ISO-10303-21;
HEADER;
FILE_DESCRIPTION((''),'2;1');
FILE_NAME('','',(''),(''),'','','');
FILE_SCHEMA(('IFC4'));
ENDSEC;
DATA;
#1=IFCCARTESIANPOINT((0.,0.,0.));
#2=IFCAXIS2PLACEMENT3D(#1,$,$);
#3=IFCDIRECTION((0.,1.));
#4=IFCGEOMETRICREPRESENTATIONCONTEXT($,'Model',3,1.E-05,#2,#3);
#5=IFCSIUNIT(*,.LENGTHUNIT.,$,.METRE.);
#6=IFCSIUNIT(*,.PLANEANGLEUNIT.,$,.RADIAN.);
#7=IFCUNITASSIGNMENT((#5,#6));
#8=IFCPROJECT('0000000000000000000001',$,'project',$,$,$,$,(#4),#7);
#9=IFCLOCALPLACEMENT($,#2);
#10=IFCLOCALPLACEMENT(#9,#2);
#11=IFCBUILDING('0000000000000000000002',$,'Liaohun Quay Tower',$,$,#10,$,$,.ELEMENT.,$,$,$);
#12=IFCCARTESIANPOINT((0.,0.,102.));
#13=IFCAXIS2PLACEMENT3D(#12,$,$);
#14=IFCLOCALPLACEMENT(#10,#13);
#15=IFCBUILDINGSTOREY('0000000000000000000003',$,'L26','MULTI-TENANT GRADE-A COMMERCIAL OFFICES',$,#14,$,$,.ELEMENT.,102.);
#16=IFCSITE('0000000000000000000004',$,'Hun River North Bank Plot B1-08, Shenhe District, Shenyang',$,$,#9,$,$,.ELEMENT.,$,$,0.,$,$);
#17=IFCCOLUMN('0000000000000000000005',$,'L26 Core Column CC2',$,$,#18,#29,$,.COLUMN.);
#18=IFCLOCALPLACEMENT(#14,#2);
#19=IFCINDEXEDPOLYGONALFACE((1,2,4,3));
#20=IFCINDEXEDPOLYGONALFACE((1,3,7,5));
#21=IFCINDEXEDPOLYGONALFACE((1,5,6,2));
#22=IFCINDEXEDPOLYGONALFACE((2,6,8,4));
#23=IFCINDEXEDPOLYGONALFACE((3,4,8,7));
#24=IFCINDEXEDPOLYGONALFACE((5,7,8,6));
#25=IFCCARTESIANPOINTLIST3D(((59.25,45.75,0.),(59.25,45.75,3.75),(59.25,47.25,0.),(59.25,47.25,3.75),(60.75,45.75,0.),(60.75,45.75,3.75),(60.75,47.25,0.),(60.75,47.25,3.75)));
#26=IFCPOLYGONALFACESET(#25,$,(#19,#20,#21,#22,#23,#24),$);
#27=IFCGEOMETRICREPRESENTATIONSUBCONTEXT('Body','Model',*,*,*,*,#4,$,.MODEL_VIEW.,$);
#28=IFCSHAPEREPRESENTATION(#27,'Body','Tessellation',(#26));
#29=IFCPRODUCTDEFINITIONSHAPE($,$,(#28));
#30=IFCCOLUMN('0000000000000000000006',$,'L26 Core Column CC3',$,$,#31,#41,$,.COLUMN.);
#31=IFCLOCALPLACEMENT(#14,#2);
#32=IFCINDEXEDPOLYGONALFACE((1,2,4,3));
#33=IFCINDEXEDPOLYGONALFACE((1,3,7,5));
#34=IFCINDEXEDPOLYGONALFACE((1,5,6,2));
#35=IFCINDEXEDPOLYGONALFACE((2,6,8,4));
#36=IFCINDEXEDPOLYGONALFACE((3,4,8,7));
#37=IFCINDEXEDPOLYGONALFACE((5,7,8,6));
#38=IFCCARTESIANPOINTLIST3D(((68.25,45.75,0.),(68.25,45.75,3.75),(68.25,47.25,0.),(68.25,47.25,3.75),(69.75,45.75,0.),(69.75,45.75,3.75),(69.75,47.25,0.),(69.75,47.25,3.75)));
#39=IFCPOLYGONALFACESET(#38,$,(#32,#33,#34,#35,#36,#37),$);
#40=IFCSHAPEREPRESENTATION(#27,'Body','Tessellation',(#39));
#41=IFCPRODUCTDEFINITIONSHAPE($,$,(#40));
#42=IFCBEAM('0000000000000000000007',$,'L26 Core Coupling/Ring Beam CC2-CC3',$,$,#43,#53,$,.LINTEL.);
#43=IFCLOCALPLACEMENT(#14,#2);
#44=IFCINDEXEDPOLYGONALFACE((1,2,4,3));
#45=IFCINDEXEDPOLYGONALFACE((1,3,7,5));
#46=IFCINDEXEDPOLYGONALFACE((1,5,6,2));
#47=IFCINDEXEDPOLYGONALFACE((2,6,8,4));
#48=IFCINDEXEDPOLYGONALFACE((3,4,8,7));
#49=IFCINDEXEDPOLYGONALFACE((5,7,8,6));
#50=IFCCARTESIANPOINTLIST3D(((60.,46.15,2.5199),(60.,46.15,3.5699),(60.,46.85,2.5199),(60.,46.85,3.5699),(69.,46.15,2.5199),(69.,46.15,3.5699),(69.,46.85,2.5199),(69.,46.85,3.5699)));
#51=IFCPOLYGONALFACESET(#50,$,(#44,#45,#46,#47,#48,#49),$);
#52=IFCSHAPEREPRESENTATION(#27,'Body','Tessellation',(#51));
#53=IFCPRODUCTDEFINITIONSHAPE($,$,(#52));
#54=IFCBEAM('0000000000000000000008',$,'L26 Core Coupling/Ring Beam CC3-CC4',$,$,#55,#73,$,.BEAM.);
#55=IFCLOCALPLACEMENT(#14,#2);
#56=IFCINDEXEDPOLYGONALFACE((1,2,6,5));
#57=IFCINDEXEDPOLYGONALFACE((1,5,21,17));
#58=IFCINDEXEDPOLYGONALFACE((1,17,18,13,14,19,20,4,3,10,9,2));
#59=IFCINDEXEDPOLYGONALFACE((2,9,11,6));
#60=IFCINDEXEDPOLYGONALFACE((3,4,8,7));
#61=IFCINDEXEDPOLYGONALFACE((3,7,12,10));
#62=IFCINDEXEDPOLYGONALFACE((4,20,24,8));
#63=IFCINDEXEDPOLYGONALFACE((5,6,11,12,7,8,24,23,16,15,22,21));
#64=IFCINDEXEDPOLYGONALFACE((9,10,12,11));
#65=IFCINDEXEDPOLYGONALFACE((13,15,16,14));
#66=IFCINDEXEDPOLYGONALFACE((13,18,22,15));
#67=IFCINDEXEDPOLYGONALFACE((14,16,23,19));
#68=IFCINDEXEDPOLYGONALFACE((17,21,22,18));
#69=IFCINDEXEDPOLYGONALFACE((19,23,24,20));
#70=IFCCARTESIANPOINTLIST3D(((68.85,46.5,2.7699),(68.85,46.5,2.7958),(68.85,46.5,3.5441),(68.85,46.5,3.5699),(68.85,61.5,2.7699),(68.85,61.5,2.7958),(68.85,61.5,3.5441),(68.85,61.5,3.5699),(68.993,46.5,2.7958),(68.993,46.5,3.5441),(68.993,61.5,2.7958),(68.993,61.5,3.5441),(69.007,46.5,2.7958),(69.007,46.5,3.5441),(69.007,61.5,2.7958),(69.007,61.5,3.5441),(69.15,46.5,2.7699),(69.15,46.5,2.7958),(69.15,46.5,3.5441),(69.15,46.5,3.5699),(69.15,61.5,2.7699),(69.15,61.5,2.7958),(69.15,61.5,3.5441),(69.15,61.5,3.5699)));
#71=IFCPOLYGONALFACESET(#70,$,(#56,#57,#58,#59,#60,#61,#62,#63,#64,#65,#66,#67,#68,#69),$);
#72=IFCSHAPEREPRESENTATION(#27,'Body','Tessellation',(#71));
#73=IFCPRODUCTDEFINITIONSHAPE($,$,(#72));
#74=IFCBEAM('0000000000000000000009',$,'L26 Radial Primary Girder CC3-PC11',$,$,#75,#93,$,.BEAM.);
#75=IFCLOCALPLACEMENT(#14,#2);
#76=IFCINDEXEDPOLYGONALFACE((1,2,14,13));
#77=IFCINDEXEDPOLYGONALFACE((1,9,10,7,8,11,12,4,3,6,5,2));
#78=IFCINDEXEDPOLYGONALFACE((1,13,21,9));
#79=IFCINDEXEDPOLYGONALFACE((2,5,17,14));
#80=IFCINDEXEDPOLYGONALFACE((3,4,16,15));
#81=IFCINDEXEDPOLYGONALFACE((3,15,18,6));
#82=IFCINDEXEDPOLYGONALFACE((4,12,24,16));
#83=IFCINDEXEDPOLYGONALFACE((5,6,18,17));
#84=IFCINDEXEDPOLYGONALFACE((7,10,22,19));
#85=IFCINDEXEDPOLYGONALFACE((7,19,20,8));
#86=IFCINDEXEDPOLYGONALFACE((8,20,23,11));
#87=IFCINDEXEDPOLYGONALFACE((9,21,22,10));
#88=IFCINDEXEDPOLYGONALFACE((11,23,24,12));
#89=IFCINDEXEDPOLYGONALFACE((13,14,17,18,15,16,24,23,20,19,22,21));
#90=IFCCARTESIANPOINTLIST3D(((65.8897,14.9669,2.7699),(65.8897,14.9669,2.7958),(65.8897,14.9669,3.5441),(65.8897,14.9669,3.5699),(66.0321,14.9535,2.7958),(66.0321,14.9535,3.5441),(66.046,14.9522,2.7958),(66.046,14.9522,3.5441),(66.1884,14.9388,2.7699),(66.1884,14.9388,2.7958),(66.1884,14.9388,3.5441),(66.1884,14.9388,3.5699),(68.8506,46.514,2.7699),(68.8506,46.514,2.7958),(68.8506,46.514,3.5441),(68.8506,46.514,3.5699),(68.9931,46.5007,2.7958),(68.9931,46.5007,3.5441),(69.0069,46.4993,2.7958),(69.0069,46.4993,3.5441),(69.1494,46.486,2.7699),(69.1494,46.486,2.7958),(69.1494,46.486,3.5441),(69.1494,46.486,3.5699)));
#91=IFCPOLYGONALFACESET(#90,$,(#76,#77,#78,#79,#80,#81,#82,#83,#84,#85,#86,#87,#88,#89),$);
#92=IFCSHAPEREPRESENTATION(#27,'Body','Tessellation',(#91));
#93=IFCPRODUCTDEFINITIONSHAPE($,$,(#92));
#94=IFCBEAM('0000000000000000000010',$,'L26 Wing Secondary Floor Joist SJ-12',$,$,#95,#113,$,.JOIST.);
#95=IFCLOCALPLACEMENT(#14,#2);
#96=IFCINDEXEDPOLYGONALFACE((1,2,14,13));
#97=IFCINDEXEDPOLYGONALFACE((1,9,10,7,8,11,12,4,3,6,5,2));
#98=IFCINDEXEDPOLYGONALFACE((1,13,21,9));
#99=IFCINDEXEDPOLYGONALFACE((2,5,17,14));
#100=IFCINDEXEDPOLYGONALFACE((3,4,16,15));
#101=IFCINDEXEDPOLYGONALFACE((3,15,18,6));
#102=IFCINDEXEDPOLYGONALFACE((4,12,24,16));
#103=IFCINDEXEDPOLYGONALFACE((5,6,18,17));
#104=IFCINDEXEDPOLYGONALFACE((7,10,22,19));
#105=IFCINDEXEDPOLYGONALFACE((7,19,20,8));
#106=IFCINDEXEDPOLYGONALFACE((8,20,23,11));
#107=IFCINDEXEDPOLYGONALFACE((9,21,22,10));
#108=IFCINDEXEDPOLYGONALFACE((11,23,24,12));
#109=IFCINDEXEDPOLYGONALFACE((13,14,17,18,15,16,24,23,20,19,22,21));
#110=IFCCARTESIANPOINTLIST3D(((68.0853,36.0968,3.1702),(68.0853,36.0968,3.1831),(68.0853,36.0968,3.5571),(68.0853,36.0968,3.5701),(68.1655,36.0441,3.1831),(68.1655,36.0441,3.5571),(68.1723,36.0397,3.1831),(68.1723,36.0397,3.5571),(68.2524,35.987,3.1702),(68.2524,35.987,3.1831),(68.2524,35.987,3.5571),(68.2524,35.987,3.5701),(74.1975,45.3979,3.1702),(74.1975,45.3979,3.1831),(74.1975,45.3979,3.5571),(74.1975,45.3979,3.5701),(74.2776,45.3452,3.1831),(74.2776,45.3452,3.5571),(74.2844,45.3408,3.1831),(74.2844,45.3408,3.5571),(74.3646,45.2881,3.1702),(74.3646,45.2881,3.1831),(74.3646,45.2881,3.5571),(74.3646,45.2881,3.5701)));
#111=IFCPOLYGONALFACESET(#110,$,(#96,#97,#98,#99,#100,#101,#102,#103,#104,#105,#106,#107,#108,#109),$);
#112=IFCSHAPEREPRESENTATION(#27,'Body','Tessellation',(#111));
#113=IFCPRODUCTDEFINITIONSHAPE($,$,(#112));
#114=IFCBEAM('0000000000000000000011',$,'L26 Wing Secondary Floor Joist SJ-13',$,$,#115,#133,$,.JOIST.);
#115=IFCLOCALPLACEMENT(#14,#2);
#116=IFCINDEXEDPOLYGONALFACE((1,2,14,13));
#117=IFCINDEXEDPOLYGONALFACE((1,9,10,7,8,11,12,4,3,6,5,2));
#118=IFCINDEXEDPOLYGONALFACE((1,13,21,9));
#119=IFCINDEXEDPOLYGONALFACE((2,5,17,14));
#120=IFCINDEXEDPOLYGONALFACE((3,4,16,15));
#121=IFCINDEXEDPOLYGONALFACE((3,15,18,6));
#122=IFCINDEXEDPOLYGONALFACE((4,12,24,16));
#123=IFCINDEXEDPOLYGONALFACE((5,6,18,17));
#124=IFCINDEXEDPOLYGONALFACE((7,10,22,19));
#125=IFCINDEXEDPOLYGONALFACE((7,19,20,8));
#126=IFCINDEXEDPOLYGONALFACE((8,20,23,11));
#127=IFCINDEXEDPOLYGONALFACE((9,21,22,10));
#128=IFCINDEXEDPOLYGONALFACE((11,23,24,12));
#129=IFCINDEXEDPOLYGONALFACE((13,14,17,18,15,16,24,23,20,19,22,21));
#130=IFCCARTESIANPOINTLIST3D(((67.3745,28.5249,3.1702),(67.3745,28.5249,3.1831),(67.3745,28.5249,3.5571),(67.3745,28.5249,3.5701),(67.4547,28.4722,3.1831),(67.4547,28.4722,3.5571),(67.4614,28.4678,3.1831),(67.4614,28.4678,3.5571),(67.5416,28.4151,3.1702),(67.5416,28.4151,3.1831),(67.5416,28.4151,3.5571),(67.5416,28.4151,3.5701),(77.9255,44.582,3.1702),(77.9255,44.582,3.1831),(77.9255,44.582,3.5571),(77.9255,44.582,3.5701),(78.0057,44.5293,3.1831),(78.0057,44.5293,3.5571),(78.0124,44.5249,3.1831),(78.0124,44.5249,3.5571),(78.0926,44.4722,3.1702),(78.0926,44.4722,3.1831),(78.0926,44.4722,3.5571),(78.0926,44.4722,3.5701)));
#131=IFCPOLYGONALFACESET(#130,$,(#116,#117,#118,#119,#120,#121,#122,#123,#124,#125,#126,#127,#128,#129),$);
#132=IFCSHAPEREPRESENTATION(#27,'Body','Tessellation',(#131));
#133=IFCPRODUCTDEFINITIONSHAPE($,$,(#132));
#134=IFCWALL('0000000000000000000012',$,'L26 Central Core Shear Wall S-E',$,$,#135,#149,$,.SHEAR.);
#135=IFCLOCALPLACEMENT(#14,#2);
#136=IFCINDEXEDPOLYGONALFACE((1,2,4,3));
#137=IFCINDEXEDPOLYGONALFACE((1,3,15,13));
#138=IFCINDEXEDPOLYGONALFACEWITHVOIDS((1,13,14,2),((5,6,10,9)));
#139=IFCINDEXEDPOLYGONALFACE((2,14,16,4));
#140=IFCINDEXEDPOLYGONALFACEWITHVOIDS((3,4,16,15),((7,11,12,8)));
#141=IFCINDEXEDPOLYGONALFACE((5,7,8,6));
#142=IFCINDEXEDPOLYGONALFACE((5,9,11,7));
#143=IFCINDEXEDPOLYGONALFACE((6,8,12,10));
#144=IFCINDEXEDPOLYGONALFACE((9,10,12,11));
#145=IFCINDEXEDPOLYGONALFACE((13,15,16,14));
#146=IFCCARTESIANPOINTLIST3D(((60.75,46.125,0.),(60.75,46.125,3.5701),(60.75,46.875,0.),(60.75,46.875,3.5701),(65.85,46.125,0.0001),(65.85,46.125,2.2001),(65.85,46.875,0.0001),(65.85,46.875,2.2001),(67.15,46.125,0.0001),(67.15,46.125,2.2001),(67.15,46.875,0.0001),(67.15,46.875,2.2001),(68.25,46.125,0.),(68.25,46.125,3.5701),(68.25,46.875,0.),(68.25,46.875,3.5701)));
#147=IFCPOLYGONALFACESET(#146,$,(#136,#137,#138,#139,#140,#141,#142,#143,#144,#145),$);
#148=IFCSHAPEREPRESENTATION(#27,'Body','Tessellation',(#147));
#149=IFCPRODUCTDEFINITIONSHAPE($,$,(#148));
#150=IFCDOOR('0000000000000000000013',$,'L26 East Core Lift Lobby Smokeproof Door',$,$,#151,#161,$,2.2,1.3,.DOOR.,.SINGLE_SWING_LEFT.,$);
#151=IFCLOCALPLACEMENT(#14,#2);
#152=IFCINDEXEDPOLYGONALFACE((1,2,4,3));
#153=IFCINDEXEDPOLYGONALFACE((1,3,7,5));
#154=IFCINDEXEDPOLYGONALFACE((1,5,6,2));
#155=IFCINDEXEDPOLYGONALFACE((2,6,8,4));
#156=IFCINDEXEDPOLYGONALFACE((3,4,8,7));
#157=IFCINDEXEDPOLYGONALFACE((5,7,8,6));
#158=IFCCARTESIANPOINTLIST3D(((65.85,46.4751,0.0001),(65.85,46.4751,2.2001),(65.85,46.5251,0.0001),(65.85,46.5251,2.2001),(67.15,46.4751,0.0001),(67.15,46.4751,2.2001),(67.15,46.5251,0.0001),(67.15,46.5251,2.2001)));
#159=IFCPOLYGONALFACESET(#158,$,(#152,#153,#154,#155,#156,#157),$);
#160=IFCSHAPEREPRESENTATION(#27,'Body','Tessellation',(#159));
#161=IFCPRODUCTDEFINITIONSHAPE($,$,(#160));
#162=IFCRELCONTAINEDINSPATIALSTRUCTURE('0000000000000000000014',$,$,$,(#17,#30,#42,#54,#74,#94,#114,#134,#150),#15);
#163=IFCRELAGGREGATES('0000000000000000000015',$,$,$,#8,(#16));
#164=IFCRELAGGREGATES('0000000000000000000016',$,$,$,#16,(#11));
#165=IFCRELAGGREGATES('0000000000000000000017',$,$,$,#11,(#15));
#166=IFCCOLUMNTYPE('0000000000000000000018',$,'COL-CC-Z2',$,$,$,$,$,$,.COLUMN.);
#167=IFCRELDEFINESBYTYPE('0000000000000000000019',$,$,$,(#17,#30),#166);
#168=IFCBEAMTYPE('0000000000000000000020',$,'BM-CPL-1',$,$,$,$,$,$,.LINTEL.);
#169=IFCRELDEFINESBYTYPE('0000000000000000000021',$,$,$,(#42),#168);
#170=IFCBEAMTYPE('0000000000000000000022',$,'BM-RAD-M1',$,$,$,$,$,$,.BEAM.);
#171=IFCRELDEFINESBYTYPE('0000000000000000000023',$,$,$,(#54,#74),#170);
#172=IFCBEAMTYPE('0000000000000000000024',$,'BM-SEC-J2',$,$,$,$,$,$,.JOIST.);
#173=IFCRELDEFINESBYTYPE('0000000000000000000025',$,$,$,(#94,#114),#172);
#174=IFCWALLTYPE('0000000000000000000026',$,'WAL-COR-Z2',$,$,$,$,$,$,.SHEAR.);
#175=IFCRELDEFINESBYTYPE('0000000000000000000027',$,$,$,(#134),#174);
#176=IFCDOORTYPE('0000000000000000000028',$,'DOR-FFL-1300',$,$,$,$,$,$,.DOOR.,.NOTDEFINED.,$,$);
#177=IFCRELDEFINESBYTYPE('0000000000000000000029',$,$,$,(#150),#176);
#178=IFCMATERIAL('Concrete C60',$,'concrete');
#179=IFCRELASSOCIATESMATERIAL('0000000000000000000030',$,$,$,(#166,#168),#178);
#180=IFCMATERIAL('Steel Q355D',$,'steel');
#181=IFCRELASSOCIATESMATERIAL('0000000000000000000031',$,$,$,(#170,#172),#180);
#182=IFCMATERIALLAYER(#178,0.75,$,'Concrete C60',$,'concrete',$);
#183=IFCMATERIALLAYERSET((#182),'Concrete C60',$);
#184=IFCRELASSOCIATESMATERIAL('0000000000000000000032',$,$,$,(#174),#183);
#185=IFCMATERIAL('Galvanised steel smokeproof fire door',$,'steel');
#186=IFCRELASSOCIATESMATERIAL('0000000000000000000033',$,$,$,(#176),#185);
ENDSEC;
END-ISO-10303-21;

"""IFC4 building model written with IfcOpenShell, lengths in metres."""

from ifc_helpers import new_model, si_unit, direction, frame, frame_2d, origin, origin_2d, place, context, subcontext, project, spatial, rectangle, i_section, extrude, source, transform, mapped, material, layer, layer_set, material_profile, profile_set, type_object, element, fill, save


model = new_model("IFC4")

# Units and contexts
model_context = context("Model", 3, precision=1e-05, world=origin(), true_north=direction((0.0, 1.0)))
body_context = subcontext(model_context, "Body", "Model", "MODEL_VIEW")
ifc_project = project(units=[si_unit("LENGTHUNIT", "METRE"), si_unit("PLANEANGLEUNIT", "RADIAN")], contexts=[model_context])

# Site, building, storey
site_placement = place(None, origin())
site = spatial("IfcSite", under=ifc_project, at=site_placement, Name="Hun River North Bank Plot B1-08, Shenhe District, Shenyang", CompositionType="ELEMENT", RefElevation=0.0)
building_placement = place(site_placement, origin())
building = spatial("IfcBuilding", under=site, at=building_placement, Name="Liaohun Quay Tower", CompositionType="ELEMENT")
storey_placement = place(building_placement, frame((0.0, 0.0, 102.0)))
storey = spatial("IfcBuildingStorey", under=building, at=storey_placement, Name="L26", Description="MULTI-TENANT GRADE-A COMMERCIAL OFFICES", CompositionType="ELEMENT", Elevation=102.0)

# Columns
ifc_material_1 = material(Name="Concrete C60", Category="concrete")
ifc_material_profile_1 = material_profile(ifc_material_1, rectangle(XDim=1.5, YDim=1.5, at=origin_2d()), Name="RC1500x1500")
ifc_profile_set_1 = profile_set([ifc_material_profile_1], Name="Concrete C60")
column_type = type_object("IfcColumnType", Name="COL-CC-Z2", PredefinedType="COLUMN", material=ifc_profile_set_1)
shared_shape_1 = source(origin(), body_context, "Body", "SweptSolid", [
    extrude(rectangle(XDim=1.5, YDim=1.5, at=origin_2d()), origin(), (0.0, 0.0, 1.0), 3.75),
])
for number, where, z_axis, x_axis, name in (
    (1, (60.0, 46.5, 0.0), (0.0, 0.0, 1.0), (1.0, 0.0, 0.0), "L26 Core Column CC2"),
    (2, (69.0, 46.5, 0.0), (0.0, 0.0, 1.0), (1.0, 0.0, 0.0), "L26 Core Column CC3"),
):
    element("IfcColumn", number, at=place(storey_placement, frame(where, z_axis=z_axis, x_axis=x_axis)), inside=storey, type_object=column_type, Name=name, PredefinedType="COLUMN", context=body_context, shape_type="MappedRepresentation", body=[
        mapped(shared_shape_1, transform((0.0, 0.0, 0.0), x_axis=(1.0, 0.0, 0.0), y_axis=(0.0, 1.0, 0.0), z_axis=(0.0, 0.0, 1.0), scale=1.0)),
    ])

# Beams
ifc_material_profile_2 = material_profile(ifc_material_1, rectangle(XDim=0.7, YDim=1.05, at=origin_2d()), Name="RC700x1050")
ifc_profile_set_2 = profile_set([ifc_material_profile_2], Name="Concrete C60")
beam_type_1 = type_object("IfcBeamType", Name="BM-CPL-1", PredefinedType="LINTEL", material=ifc_profile_set_2)
shared_shape_2 = source(origin(), body_context, "Body", "SweptSolid", [
    extrude(rectangle(XDim=0.7, YDim=1.05, at=origin_2d()), origin(), (0.0, 0.0, 1.0), 9.0),
])
beam_1_placement = place(storey_placement, frame((60.0, 46.5, 3.0449), z_axis=(1.0, 0.0, 0.0), x_axis=(0.0, 1.0, 0.0)))
element("IfcBeam", 3, at=beam_1_placement, inside=storey, type_object=beam_type_1, Name="L26 Core Coupling/Ring Beam CC2-CC3", PredefinedType="LINTEL", context=body_context, shape_type="MappedRepresentation", body=[
    mapped(shared_shape_2, transform((0.0, 0.0, 0.0), x_axis=(1.0, 0.0, 0.0), y_axis=(0.0, 1.0, 0.0), z_axis=(0.0, 0.0, 1.0), scale=1.0)),
])
ifc_material_2 = material(Name="Steel Q355D", Category="steel")
ifc_material_profile_3 = material_profile(ifc_material_2, i_section(OverallWidth=0.3, OverallDepth=0.8, WebThickness=0.0139, FlangeThickness=0.0259, at=origin_2d()), Name="HN800x300x14x26")
ifc_profile_set_3 = profile_set([ifc_material_profile_3], Name="Steel Q355D")
beam_type_2 = type_object("IfcBeamType", Name="BM-RAD-M1", PredefinedType="BEAM", material=ifc_profile_set_3)
shared_shape_3 = source(origin(), body_context, "Body", "SweptSolid", [
    extrude(i_section(OverallWidth=0.3, OverallDepth=0.8, WebThickness=0.0139, FlangeThickness=0.0259, at=origin_2d()), origin(), (0.0, 0.0, 1.0), 15.0),
])
beam_2_placement = place(storey_placement, frame((69.0, 46.5, 3.1699), z_axis=(0.0, 1.0, 0.0), x_axis=(-1.0, 0.0, 0.0)))
element("IfcBeam", 4, at=beam_2_placement, inside=storey, type_object=beam_type_2, Name="L26 Core Coupling/Ring Beam CC3-CC4", PredefinedType="BEAM", context=body_context, shape_type="MappedRepresentation", body=[
    mapped(shared_shape_3, transform((0.0, 0.0, 0.0), x_axis=(1.0, 0.0, 0.0), y_axis=(0.0, 1.0, 0.0), z_axis=(0.0, 0.0, 1.0), scale=1.0)),
])
shared_shape_4 = source(origin(), body_context, "Body", "SweptSolid", [
    extrude(i_section(OverallWidth=0.3, OverallDepth=0.8, WebThickness=0.0139, FlangeThickness=0.0259, at=origin_2d()), origin(), (0.0, 0.0, 1.0), 31.6858),
])
beam_3_placement = place(storey_placement, frame((69.0, 46.5, 3.1699), z_axis=(-0.093447, -0.995624, 0.0), x_axis=(0.995624, -0.093447, 0.0)))
element("IfcBeam", 5, at=beam_3_placement, inside=storey, type_object=beam_type_2, Name="L26 Radial Primary Girder CC3-PC11", PredefinedType="BEAM", context=body_context, shape_type="MappedRepresentation", body=[
    mapped(shared_shape_4, transform((0.0, 0.0, 0.0), x_axis=(1.0, 0.0, 0.0), y_axis=(0.0, 1.0, 0.0), z_axis=(0.0, 0.0, 1.0), scale=1.0)),
])
ifc_material_profile_4 = material_profile(ifc_material_2, i_section(OverallWidth=0.2, OverallDepth=0.3999, WebThickness=0.0081, FlangeThickness=0.0129, at=origin_2d()), Name="HN400x200x8x13")
ifc_profile_set_4 = profile_set([ifc_material_profile_4], Name="Steel Q355D")
beam_type_3 = type_object("IfcBeamType", Name="BM-SEC-J2", PredefinedType="JOIST", material=ifc_profile_set_4)
shared_shape_5 = source(origin(), body_context, "Body", "SweptSolid", [
    extrude(i_section(OverallWidth=0.2, OverallDepth=0.3999, WebThickness=0.0081, FlangeThickness=0.0129, at=origin_2d()), origin(), (0.0, 0.0, 1.0), 11.1296),
])
beam_4_placement = place(storey_placement, frame((74.281, 45.343, 3.3701), z_axis=(-0.549175, -0.835707, 0.0), x_axis=(0.835707, -0.549175, 0.0)))
element("IfcBeam", 6, at=beam_4_placement, inside=storey, type_object=beam_type_3, Name="L26 Wing Secondary Floor Joist SJ-12", PredefinedType="JOIST", context=body_context, shape_type="MappedRepresentation", body=[
    mapped(shared_shape_5, transform((0.0, 0.0, 0.0), x_axis=(1.0, 0.0, 0.0), y_axis=(0.0, 1.0, 0.0), z_axis=(0.0, 0.0, 1.0), scale=1.0)),
])
shared_shape_6 = source(origin(), body_context, "Body", "SweptSolid", [
    extrude(i_section(OverallWidth=0.2, OverallDepth=0.3999, WebThickness=0.0081, FlangeThickness=0.0129, at=origin_2d()), origin(), (0.0, 0.0, 1.0), 19.2134),
])
beam_5_placement = place(storey_placement, frame((78.009, 44.5271, 3.3701), z_axis=(-0.549149, -0.835725, 0.0), x_axis=(0.835725, -0.549149, 0.0)))
element("IfcBeam", 7, at=beam_5_placement, inside=storey, type_object=beam_type_3, Name="L26 Wing Secondary Floor Joist SJ-13", PredefinedType="JOIST", context=body_context, shape_type="MappedRepresentation", body=[
    mapped(shared_shape_6, transform((0.0, 0.0, 0.0), x_axis=(1.0, 0.0, 0.0), y_axis=(0.0, 1.0, 0.0), z_axis=(0.0, 0.0, 1.0), scale=1.0)),
])

# Wall, opening, door
ifc_layer_1 = layer(ifc_material_1, 0.75, Name="Concrete C60", Category="concrete")
ifc_layer_set_1 = layer_set([ifc_layer_1], Name="Concrete C60")
wall_type_1 = type_object("IfcWallType", Name="WAL-COR-Z2", PredefinedType="SHEAR", material=ifc_layer_set_1)
wall_1_placement = place(storey_placement, frame((68.25, 46.5, 0.0), z_axis=(0.0, 0.0, 1.0), x_axis=(-1.0, 0.0, 0.0)))
wall_1 = element("IfcWall", 8, at=wall_1_placement, inside=storey, type_object=wall_type_1, Name="L26 Central Core Shear Wall S-E", PredefinedType="SHEAR", context=body_context, shape_type="SweptSolid", body=[
    extrude(rectangle(XDim=7.5, YDim=0.75, at=frame_2d((3.75, 0.0))), origin(), (0.0, 0.0, 1.0), 3.5701),
])
shared_shape_7 = source(origin(), body_context, "Body", "SweptSolid", [
    extrude(rectangle(XDim=1.3, YDim=2.2, at=frame_2d((0.6499, 1.1001))), frame((0.0, 0.385, 0.0), z_axis=(0.0, -1.0, 0.0), x_axis=(1.0, 0.0, 0.0)), (0.0, 0.0, 1.0), 0.77),
])
opening_1_placement = place(wall_1_placement, frame((1.1001, 0.0, 0.0)))
opening_1 = element("IfcOpeningElement", 9, at=opening_1_placement, cuts=wall_1, PredefinedType="OPENING", context=body_context, shape_type="MappedRepresentation", body=[
    mapped(shared_shape_7, transform((0.0, 0.0, 0.0), x_axis=(1.0, 0.0, 0.0), y_axis=(0.0, 1.0, 0.0), z_axis=(0.0, 0.0, 1.0), scale=1.0)),
])
ifc_material_3 = material(Name="Galvanised steel smokeproof fire door", Category="steel")
door_type_1 = type_object("IfcDoorType", Name="DOR-FFL-1300", OperationType="NOTDEFINED", PredefinedType="DOOR", material=ifc_material_3)
shared_shape_8 = source(origin(), body_context, "Body", "SweptSolid", [
    extrude(rectangle(XDim=1.3, YDim=2.2, at=frame_2d((0.6499, 1.1001))), frame((0.0, 0.0249, 0.0), z_axis=(0.0, -1.0, 0.0), x_axis=(1.0, 0.0, 0.0)), (0.0, 0.0, 1.0), 0.05),
])
door_1_placement = place(opening_1_placement, origin())
door_1 = element("IfcDoor", 10, at=door_1_placement, inside=storey, type_object=door_type_1, Name="L26 East Core Lift Lobby Smokeproof Door", OperationType="SINGLE_SWING_LEFT", OverallHeight=2.2, OverallWidth=1.3, PredefinedType="DOOR", context=body_context, shape_type="MappedRepresentation", body=[
    mapped(shared_shape_8, transform((0.0, 0.0, 0.0), x_axis=(1.0, 0.0, 0.0), y_axis=(0.0, 1.0, 0.0), z_axis=(0.0, 0.0, 1.0), scale=1.0)),
])
fill(opening_1, door_1)

save(model, "model.ifc")
